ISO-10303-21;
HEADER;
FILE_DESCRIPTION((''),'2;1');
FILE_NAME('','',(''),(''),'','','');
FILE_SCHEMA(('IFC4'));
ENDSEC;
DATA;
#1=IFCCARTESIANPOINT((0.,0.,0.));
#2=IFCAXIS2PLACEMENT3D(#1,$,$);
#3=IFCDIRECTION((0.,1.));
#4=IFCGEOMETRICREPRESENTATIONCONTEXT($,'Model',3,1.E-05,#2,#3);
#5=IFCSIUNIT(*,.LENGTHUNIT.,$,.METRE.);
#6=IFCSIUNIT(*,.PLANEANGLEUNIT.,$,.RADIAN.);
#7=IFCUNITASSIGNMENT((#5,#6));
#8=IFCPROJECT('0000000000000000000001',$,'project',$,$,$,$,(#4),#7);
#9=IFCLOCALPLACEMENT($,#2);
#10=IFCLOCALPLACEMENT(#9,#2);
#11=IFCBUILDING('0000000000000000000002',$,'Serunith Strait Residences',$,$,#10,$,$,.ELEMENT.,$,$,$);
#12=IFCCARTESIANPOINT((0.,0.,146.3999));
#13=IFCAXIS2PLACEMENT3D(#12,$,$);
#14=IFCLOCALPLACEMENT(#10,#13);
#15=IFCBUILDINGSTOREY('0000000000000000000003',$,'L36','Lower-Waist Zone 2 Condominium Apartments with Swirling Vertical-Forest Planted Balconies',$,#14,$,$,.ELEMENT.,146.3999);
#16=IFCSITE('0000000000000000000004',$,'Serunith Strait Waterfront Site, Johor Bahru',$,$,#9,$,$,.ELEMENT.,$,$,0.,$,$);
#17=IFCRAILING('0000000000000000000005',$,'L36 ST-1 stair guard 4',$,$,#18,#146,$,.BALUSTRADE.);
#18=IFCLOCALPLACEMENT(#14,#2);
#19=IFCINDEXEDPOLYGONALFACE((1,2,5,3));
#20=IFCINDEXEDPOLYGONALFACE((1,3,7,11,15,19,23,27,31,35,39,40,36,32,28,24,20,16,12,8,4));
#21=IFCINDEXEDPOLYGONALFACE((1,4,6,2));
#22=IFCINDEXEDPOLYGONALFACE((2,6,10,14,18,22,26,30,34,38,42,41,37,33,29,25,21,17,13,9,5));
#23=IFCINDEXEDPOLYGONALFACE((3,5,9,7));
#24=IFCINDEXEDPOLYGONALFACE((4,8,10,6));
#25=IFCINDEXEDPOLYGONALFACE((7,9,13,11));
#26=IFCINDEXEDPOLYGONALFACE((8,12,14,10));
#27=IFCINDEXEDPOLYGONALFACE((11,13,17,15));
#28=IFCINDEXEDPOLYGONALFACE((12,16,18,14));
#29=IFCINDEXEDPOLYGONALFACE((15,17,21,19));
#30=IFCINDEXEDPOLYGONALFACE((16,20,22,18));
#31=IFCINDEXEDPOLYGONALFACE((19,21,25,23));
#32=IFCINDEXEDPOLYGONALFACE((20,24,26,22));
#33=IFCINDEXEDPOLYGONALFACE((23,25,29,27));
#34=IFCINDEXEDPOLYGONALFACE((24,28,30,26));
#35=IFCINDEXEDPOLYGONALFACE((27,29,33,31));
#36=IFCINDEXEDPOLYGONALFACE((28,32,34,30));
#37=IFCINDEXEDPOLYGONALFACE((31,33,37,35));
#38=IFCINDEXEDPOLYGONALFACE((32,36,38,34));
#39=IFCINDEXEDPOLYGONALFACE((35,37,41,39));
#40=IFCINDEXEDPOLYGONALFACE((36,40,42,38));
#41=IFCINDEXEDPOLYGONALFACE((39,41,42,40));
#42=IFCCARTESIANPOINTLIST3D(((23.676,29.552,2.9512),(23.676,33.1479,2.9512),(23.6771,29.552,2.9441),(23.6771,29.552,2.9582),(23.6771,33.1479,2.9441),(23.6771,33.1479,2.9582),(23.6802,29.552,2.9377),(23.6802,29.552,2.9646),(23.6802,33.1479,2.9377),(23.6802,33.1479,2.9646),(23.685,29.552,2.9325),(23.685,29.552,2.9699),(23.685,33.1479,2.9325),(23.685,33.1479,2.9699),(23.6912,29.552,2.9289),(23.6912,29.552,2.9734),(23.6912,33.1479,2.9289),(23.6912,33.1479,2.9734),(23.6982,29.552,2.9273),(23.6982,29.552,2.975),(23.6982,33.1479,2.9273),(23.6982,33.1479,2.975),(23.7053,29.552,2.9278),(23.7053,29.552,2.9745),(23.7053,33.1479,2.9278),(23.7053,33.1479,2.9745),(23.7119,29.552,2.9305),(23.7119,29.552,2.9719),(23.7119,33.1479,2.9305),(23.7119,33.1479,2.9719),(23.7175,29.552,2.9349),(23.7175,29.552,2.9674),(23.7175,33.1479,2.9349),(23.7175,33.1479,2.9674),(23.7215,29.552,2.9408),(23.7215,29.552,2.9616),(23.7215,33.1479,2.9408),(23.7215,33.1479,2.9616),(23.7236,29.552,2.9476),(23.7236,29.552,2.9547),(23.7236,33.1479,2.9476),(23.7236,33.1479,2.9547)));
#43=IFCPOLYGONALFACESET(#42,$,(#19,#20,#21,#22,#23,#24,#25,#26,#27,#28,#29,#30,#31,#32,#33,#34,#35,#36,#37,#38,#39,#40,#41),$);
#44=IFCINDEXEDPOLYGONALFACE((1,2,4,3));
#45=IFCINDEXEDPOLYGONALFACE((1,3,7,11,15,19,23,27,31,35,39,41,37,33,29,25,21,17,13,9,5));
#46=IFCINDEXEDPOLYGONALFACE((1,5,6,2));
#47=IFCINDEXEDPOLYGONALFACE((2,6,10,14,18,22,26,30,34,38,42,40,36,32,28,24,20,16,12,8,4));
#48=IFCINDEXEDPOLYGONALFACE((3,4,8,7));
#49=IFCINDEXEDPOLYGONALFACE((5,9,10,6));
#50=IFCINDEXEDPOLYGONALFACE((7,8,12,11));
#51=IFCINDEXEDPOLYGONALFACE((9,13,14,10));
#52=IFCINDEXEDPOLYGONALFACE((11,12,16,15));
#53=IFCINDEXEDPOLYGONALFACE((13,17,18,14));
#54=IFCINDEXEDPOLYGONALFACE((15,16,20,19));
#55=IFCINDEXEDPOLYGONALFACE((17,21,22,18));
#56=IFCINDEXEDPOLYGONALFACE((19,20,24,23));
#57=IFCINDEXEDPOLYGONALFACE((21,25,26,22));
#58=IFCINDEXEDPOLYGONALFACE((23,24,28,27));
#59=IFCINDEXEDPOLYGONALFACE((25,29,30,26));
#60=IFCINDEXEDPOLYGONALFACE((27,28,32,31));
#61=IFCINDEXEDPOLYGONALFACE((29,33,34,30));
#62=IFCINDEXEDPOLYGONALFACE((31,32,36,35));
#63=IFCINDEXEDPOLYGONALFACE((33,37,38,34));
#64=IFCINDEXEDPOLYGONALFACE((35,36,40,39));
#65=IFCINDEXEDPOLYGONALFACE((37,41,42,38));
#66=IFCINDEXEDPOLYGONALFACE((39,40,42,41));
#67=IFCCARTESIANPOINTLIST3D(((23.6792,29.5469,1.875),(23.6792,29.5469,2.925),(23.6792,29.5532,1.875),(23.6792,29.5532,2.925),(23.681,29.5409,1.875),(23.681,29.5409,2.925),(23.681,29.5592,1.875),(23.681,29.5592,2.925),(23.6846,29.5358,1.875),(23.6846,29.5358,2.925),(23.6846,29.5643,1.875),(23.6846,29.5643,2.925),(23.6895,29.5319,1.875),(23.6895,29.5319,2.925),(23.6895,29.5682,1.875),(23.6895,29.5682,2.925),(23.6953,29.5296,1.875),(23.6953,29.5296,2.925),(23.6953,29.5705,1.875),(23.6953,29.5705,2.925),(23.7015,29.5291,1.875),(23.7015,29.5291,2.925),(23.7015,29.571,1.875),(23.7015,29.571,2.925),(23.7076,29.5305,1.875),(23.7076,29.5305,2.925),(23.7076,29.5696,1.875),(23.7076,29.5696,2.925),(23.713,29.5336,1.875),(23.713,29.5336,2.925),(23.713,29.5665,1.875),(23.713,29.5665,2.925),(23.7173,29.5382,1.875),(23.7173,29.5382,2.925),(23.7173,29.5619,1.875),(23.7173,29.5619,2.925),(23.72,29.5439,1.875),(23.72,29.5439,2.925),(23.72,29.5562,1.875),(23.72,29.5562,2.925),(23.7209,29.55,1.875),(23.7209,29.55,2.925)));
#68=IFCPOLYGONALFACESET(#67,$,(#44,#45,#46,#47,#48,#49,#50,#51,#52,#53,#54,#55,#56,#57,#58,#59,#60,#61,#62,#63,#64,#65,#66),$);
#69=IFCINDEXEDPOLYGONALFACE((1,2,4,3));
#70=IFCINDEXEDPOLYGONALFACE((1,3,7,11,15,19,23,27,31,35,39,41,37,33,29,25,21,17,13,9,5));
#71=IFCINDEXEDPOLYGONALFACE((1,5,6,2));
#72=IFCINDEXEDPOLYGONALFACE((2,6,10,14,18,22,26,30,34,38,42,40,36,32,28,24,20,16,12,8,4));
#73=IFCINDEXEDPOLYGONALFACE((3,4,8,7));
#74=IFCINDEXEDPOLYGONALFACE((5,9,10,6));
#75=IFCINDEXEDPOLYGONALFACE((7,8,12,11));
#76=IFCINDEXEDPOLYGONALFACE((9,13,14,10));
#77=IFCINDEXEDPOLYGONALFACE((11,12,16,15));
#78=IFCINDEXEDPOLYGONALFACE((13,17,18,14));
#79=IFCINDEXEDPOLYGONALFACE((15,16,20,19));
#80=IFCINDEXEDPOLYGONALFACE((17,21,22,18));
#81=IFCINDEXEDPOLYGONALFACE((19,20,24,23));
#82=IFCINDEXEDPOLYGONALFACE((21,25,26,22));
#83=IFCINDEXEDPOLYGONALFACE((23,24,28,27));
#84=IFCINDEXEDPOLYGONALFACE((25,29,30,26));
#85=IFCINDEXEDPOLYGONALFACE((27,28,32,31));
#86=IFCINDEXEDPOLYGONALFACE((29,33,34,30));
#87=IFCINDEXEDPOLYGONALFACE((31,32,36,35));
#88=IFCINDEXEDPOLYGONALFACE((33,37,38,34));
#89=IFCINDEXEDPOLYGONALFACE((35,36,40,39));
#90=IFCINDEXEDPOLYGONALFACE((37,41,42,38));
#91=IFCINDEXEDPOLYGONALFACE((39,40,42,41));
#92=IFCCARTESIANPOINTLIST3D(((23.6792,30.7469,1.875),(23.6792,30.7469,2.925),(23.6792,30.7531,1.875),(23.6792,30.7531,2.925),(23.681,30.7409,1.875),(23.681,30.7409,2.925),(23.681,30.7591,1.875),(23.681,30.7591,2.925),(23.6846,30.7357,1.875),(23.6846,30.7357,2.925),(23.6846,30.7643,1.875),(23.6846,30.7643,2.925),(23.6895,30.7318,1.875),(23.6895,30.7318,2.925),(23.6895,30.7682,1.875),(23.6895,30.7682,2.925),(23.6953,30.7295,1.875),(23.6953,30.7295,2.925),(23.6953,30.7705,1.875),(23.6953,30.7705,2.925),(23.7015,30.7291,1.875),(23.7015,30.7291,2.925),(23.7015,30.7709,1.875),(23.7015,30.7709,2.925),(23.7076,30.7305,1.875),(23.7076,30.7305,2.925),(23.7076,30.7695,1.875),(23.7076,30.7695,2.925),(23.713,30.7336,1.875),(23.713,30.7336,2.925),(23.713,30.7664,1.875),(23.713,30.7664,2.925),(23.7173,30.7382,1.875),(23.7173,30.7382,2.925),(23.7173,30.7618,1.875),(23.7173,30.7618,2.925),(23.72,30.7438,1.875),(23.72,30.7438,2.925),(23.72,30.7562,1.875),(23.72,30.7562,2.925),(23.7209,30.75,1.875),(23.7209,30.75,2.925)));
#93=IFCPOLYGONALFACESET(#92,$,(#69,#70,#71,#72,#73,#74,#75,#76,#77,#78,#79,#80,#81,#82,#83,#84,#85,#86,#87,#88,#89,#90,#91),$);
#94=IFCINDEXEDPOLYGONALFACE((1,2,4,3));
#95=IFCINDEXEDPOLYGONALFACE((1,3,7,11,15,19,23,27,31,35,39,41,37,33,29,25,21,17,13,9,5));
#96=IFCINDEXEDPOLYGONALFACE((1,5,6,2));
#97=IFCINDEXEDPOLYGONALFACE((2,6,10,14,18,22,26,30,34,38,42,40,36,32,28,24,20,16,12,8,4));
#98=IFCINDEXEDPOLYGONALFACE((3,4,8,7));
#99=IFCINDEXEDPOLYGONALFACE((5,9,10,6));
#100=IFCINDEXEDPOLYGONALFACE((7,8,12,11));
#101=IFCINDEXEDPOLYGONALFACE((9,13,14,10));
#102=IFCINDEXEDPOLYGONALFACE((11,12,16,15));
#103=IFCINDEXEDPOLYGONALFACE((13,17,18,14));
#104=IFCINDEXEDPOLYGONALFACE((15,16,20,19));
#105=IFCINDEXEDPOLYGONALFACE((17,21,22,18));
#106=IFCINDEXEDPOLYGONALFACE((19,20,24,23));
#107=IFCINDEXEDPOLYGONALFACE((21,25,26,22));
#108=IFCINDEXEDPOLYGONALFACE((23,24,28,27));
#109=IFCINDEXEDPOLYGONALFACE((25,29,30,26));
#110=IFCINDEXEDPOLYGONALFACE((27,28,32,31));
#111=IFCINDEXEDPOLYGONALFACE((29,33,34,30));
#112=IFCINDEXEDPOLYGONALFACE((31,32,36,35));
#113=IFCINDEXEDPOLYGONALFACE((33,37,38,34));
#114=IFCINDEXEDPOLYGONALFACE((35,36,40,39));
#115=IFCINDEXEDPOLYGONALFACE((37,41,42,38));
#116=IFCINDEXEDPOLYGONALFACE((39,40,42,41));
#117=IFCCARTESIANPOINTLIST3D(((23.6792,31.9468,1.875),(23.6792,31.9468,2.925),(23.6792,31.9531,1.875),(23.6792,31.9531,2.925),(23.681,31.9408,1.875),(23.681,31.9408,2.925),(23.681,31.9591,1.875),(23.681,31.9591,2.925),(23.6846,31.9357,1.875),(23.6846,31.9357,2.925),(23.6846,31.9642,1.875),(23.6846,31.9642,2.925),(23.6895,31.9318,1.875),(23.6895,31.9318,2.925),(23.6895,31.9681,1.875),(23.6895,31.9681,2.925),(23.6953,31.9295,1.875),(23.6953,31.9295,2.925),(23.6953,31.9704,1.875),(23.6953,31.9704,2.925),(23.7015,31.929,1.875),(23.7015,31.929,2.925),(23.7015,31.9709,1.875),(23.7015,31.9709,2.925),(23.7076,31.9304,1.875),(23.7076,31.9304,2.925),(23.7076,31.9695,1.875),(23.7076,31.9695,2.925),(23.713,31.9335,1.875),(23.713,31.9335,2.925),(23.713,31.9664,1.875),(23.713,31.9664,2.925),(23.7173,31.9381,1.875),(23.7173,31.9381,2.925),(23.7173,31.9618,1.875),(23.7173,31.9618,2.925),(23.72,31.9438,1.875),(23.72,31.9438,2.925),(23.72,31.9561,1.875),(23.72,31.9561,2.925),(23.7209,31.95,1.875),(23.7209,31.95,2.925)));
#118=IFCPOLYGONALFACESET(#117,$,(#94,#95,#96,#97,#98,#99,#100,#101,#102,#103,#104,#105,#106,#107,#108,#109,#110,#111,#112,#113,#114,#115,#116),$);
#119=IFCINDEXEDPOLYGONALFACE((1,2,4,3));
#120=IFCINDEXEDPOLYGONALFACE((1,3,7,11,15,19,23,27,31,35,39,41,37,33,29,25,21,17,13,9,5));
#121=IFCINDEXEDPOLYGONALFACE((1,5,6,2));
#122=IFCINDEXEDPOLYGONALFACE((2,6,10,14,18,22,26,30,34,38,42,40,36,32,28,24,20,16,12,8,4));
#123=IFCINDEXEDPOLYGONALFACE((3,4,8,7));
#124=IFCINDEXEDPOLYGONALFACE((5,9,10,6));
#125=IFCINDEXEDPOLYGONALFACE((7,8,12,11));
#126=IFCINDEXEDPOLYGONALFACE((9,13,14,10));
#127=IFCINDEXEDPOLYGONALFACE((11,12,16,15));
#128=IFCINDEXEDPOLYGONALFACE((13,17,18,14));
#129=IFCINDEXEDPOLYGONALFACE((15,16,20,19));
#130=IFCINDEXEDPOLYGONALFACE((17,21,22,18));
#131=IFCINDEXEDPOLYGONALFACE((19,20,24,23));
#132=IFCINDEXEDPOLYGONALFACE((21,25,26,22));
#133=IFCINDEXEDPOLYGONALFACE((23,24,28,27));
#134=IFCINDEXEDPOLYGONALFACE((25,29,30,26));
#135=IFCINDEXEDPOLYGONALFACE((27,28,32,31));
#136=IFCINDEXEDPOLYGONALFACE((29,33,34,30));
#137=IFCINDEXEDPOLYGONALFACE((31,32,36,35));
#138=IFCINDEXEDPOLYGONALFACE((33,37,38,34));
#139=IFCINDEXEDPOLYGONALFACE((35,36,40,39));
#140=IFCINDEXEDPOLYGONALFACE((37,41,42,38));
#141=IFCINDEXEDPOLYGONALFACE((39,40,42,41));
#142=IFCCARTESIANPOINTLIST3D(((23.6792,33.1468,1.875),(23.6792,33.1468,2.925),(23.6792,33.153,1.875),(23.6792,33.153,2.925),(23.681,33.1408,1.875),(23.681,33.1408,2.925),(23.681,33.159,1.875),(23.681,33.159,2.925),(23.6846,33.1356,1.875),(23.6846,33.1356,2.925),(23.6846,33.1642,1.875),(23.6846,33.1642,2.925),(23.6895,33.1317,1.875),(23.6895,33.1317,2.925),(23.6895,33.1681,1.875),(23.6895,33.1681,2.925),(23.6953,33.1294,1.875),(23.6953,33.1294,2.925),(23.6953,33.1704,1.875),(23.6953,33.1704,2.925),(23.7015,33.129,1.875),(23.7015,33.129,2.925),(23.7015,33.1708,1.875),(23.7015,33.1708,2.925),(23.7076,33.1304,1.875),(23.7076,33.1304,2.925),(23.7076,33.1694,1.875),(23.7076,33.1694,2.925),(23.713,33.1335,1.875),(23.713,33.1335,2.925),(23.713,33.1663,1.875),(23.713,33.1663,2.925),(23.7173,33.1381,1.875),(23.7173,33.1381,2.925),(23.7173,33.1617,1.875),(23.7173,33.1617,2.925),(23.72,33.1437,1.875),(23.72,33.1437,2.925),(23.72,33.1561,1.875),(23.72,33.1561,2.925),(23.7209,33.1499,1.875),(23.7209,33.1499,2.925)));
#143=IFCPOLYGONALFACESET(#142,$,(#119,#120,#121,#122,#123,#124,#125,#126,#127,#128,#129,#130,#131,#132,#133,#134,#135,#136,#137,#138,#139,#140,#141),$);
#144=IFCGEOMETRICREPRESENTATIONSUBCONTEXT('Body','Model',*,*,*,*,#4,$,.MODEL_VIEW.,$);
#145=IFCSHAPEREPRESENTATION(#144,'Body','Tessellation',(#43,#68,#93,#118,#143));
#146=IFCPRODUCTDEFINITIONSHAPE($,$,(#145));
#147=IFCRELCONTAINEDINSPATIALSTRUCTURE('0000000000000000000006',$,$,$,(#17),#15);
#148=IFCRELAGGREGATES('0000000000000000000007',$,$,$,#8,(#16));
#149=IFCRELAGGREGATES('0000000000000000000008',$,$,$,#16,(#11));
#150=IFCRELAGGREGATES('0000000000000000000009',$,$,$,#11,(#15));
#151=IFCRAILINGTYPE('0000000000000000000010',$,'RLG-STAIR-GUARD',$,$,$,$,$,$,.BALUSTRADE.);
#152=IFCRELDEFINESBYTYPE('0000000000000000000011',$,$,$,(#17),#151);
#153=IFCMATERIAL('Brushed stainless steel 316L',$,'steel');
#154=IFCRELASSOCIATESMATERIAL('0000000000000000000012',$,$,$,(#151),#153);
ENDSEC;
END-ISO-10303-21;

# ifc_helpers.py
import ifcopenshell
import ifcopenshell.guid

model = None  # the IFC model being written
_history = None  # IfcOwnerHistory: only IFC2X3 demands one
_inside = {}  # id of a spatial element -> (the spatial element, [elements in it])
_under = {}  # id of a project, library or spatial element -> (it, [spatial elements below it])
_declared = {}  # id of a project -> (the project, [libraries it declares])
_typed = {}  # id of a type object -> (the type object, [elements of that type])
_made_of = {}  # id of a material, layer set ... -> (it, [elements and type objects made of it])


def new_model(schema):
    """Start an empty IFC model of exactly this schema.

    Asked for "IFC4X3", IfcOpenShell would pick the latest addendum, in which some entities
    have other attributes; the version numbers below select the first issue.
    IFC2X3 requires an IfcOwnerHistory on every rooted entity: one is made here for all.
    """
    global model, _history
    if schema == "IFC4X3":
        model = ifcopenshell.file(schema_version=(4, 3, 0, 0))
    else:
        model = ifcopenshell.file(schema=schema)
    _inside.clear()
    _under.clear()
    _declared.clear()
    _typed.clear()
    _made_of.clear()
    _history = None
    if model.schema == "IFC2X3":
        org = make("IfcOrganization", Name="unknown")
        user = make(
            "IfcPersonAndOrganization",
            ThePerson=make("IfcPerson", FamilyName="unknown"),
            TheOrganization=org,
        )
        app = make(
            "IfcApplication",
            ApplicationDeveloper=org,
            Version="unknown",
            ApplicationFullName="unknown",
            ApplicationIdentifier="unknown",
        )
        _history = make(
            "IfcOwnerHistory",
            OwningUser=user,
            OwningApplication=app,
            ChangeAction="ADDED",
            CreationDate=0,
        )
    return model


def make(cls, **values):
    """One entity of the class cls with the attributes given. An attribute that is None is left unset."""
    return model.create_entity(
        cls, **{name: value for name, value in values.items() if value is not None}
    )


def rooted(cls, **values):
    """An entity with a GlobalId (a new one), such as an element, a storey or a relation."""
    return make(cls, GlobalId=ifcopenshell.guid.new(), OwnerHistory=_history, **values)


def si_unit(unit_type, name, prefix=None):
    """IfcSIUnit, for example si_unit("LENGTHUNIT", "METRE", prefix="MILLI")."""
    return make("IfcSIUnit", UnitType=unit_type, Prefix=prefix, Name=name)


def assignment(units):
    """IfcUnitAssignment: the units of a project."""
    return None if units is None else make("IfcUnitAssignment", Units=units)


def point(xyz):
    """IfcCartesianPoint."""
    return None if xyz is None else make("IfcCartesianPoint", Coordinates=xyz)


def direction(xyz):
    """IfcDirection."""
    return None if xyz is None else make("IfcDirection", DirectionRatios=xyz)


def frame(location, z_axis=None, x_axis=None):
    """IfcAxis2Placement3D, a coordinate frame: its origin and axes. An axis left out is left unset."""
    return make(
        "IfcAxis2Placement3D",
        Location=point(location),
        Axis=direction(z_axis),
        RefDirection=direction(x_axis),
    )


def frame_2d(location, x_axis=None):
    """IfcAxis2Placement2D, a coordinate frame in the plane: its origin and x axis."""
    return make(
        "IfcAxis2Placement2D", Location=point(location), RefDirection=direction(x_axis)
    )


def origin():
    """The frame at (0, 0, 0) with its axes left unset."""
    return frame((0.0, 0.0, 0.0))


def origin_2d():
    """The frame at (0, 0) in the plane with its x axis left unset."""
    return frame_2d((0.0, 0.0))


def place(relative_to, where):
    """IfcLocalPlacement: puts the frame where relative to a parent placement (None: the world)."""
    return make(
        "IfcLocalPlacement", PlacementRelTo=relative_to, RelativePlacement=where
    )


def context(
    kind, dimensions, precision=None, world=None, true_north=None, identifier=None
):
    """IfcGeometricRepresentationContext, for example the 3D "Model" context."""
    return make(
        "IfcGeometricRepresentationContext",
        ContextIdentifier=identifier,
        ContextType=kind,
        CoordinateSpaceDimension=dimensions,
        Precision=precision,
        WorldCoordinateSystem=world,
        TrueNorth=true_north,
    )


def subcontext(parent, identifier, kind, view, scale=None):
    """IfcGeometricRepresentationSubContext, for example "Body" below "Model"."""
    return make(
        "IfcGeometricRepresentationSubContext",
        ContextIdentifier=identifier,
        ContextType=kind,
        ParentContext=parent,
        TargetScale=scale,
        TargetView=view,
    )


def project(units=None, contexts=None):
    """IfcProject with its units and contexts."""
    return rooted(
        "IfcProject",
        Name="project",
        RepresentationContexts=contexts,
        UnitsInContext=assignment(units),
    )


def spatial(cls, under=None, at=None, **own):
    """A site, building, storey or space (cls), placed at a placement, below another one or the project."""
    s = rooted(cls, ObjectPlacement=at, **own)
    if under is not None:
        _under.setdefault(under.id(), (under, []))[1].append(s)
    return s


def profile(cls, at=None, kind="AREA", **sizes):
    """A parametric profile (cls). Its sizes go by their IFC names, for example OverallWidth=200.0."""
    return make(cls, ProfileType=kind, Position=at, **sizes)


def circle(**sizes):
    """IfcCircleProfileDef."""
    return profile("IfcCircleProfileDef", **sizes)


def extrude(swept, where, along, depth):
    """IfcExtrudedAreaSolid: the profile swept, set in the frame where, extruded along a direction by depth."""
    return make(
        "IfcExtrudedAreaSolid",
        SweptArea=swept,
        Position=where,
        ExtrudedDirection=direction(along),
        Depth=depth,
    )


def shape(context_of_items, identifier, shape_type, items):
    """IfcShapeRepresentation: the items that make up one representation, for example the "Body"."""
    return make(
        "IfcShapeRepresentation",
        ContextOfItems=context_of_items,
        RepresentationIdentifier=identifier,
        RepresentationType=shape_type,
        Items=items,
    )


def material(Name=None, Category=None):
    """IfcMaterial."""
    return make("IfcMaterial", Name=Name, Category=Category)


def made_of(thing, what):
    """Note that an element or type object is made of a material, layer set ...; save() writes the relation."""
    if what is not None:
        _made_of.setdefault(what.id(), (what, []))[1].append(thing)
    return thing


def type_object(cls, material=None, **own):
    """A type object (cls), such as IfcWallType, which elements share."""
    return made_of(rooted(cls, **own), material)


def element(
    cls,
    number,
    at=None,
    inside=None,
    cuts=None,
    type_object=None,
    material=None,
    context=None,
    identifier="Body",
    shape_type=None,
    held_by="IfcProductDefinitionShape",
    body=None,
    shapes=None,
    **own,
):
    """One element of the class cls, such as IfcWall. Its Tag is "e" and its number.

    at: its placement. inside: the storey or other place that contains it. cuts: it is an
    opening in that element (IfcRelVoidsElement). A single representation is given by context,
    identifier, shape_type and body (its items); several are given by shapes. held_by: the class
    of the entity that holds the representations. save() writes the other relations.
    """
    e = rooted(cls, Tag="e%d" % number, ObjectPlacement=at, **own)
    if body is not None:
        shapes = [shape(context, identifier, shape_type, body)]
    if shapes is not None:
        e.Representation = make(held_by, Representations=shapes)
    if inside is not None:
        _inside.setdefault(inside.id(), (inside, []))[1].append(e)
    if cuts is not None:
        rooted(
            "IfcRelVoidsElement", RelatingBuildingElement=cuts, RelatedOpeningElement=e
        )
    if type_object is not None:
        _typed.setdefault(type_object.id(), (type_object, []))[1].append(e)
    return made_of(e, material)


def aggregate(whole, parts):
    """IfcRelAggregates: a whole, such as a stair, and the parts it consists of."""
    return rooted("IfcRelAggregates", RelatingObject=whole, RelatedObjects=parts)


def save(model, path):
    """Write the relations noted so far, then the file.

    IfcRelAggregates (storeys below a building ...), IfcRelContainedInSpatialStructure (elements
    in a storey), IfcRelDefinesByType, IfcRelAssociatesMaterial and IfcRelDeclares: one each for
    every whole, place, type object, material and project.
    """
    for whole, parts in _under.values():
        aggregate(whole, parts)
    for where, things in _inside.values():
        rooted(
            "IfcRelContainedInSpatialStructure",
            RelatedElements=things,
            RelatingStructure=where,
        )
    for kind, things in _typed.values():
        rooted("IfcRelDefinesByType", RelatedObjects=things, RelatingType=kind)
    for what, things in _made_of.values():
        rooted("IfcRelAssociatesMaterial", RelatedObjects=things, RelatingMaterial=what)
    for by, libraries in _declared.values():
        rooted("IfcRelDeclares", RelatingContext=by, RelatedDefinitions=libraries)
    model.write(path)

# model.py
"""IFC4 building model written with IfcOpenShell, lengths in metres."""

from ifc_helpers import new_model, si_unit, direction, frame, origin, origin_2d, place, context, subcontext, project, spatial, circle, extrude, material, type_object, element, save


model = new_model("IFC4")

# Units and contexts
model_context = context("Model", 3, precision=1e-05, world=origin(), true_north=direction((0.0, 1.0)))
body_context = subcontext(model_context, "Body", "Model", "MODEL_VIEW")
ifc_project = project(units=[si_unit("LENGTHUNIT", "METRE"), si_unit("PLANEANGLEUNIT", "RADIAN")], contexts=[model_context])

# Site, building, storey
site_placement = place(None, origin())
site = spatial("IfcSite", under=ifc_project, at=site_placement, Name="Serunith Strait Waterfront Site, Johor Bahru", CompositionType="ELEMENT", RefElevation=0.0)
building_placement = place(site_placement, origin())
building = spatial("IfcBuilding", under=site, at=building_placement, Name="Serunith Strait Residences", CompositionType="ELEMENT")
storey_placement = place(building_placement, frame((0.0, 0.0, 146.3999)))
storey = spatial("IfcBuildingStorey", under=building, at=storey_placement, Name="L36", Description="Lower-Waist Zone 2 Condominium Apartments with Swirling Vertical-Forest Planted Balconies", CompositionType="ELEMENT", Elevation=146.3999)

# Railing
ifc_material_1 = material(Name="Brushed stainless steel 316L", Category="steel")
railing_type_1 = type_object("IfcRailingType", Name="RLG-STAIR-GUARD", PredefinedType="BALUSTRADE", material=ifc_material_1)
for number, where, name in (
    (1, (23.7, 29.55, 1.875), "L36 ST-1 stair guard 4"),
):
    element("IfcRailing", number, at=place(storey_placement, frame(where)), inside=storey, type_object=railing_type_1, Name=name, PredefinedType="BALUSTRADE", context=body_context, shape_type="SweptSolid", body=[
        extrude(circle(Radius=0.0239, at=origin_2d()), frame((0.0, 0.002, 1.0762), z_axis=(0.0, 1.0, 0.0), x_axis=(-1.0, 0.0, 0.0)), (0.0, 0.0, 1.0), 3.5959),
        extrude(circle(Radius=0.021, at=origin_2d()), origin(), (0.0, 0.0, 1.0), 1.05),
        extrude(circle(Radius=0.021, at=origin_2d()), frame((0.0, 1.2, 0.0)), (0.0, 0.0, 1.0), 1.05),
        extrude(circle(Radius=0.021, at=origin_2d()), frame((0.0, 2.3999, 0.0)), (0.0, 0.0, 1.0), 1.05),
        extrude(circle(Radius=0.021, at=origin_2d()), frame((0.0, 3.5999, 0.0)), (0.0, 0.0, 1.0), 1.05),
    ])

save(model, "model.ifc")
